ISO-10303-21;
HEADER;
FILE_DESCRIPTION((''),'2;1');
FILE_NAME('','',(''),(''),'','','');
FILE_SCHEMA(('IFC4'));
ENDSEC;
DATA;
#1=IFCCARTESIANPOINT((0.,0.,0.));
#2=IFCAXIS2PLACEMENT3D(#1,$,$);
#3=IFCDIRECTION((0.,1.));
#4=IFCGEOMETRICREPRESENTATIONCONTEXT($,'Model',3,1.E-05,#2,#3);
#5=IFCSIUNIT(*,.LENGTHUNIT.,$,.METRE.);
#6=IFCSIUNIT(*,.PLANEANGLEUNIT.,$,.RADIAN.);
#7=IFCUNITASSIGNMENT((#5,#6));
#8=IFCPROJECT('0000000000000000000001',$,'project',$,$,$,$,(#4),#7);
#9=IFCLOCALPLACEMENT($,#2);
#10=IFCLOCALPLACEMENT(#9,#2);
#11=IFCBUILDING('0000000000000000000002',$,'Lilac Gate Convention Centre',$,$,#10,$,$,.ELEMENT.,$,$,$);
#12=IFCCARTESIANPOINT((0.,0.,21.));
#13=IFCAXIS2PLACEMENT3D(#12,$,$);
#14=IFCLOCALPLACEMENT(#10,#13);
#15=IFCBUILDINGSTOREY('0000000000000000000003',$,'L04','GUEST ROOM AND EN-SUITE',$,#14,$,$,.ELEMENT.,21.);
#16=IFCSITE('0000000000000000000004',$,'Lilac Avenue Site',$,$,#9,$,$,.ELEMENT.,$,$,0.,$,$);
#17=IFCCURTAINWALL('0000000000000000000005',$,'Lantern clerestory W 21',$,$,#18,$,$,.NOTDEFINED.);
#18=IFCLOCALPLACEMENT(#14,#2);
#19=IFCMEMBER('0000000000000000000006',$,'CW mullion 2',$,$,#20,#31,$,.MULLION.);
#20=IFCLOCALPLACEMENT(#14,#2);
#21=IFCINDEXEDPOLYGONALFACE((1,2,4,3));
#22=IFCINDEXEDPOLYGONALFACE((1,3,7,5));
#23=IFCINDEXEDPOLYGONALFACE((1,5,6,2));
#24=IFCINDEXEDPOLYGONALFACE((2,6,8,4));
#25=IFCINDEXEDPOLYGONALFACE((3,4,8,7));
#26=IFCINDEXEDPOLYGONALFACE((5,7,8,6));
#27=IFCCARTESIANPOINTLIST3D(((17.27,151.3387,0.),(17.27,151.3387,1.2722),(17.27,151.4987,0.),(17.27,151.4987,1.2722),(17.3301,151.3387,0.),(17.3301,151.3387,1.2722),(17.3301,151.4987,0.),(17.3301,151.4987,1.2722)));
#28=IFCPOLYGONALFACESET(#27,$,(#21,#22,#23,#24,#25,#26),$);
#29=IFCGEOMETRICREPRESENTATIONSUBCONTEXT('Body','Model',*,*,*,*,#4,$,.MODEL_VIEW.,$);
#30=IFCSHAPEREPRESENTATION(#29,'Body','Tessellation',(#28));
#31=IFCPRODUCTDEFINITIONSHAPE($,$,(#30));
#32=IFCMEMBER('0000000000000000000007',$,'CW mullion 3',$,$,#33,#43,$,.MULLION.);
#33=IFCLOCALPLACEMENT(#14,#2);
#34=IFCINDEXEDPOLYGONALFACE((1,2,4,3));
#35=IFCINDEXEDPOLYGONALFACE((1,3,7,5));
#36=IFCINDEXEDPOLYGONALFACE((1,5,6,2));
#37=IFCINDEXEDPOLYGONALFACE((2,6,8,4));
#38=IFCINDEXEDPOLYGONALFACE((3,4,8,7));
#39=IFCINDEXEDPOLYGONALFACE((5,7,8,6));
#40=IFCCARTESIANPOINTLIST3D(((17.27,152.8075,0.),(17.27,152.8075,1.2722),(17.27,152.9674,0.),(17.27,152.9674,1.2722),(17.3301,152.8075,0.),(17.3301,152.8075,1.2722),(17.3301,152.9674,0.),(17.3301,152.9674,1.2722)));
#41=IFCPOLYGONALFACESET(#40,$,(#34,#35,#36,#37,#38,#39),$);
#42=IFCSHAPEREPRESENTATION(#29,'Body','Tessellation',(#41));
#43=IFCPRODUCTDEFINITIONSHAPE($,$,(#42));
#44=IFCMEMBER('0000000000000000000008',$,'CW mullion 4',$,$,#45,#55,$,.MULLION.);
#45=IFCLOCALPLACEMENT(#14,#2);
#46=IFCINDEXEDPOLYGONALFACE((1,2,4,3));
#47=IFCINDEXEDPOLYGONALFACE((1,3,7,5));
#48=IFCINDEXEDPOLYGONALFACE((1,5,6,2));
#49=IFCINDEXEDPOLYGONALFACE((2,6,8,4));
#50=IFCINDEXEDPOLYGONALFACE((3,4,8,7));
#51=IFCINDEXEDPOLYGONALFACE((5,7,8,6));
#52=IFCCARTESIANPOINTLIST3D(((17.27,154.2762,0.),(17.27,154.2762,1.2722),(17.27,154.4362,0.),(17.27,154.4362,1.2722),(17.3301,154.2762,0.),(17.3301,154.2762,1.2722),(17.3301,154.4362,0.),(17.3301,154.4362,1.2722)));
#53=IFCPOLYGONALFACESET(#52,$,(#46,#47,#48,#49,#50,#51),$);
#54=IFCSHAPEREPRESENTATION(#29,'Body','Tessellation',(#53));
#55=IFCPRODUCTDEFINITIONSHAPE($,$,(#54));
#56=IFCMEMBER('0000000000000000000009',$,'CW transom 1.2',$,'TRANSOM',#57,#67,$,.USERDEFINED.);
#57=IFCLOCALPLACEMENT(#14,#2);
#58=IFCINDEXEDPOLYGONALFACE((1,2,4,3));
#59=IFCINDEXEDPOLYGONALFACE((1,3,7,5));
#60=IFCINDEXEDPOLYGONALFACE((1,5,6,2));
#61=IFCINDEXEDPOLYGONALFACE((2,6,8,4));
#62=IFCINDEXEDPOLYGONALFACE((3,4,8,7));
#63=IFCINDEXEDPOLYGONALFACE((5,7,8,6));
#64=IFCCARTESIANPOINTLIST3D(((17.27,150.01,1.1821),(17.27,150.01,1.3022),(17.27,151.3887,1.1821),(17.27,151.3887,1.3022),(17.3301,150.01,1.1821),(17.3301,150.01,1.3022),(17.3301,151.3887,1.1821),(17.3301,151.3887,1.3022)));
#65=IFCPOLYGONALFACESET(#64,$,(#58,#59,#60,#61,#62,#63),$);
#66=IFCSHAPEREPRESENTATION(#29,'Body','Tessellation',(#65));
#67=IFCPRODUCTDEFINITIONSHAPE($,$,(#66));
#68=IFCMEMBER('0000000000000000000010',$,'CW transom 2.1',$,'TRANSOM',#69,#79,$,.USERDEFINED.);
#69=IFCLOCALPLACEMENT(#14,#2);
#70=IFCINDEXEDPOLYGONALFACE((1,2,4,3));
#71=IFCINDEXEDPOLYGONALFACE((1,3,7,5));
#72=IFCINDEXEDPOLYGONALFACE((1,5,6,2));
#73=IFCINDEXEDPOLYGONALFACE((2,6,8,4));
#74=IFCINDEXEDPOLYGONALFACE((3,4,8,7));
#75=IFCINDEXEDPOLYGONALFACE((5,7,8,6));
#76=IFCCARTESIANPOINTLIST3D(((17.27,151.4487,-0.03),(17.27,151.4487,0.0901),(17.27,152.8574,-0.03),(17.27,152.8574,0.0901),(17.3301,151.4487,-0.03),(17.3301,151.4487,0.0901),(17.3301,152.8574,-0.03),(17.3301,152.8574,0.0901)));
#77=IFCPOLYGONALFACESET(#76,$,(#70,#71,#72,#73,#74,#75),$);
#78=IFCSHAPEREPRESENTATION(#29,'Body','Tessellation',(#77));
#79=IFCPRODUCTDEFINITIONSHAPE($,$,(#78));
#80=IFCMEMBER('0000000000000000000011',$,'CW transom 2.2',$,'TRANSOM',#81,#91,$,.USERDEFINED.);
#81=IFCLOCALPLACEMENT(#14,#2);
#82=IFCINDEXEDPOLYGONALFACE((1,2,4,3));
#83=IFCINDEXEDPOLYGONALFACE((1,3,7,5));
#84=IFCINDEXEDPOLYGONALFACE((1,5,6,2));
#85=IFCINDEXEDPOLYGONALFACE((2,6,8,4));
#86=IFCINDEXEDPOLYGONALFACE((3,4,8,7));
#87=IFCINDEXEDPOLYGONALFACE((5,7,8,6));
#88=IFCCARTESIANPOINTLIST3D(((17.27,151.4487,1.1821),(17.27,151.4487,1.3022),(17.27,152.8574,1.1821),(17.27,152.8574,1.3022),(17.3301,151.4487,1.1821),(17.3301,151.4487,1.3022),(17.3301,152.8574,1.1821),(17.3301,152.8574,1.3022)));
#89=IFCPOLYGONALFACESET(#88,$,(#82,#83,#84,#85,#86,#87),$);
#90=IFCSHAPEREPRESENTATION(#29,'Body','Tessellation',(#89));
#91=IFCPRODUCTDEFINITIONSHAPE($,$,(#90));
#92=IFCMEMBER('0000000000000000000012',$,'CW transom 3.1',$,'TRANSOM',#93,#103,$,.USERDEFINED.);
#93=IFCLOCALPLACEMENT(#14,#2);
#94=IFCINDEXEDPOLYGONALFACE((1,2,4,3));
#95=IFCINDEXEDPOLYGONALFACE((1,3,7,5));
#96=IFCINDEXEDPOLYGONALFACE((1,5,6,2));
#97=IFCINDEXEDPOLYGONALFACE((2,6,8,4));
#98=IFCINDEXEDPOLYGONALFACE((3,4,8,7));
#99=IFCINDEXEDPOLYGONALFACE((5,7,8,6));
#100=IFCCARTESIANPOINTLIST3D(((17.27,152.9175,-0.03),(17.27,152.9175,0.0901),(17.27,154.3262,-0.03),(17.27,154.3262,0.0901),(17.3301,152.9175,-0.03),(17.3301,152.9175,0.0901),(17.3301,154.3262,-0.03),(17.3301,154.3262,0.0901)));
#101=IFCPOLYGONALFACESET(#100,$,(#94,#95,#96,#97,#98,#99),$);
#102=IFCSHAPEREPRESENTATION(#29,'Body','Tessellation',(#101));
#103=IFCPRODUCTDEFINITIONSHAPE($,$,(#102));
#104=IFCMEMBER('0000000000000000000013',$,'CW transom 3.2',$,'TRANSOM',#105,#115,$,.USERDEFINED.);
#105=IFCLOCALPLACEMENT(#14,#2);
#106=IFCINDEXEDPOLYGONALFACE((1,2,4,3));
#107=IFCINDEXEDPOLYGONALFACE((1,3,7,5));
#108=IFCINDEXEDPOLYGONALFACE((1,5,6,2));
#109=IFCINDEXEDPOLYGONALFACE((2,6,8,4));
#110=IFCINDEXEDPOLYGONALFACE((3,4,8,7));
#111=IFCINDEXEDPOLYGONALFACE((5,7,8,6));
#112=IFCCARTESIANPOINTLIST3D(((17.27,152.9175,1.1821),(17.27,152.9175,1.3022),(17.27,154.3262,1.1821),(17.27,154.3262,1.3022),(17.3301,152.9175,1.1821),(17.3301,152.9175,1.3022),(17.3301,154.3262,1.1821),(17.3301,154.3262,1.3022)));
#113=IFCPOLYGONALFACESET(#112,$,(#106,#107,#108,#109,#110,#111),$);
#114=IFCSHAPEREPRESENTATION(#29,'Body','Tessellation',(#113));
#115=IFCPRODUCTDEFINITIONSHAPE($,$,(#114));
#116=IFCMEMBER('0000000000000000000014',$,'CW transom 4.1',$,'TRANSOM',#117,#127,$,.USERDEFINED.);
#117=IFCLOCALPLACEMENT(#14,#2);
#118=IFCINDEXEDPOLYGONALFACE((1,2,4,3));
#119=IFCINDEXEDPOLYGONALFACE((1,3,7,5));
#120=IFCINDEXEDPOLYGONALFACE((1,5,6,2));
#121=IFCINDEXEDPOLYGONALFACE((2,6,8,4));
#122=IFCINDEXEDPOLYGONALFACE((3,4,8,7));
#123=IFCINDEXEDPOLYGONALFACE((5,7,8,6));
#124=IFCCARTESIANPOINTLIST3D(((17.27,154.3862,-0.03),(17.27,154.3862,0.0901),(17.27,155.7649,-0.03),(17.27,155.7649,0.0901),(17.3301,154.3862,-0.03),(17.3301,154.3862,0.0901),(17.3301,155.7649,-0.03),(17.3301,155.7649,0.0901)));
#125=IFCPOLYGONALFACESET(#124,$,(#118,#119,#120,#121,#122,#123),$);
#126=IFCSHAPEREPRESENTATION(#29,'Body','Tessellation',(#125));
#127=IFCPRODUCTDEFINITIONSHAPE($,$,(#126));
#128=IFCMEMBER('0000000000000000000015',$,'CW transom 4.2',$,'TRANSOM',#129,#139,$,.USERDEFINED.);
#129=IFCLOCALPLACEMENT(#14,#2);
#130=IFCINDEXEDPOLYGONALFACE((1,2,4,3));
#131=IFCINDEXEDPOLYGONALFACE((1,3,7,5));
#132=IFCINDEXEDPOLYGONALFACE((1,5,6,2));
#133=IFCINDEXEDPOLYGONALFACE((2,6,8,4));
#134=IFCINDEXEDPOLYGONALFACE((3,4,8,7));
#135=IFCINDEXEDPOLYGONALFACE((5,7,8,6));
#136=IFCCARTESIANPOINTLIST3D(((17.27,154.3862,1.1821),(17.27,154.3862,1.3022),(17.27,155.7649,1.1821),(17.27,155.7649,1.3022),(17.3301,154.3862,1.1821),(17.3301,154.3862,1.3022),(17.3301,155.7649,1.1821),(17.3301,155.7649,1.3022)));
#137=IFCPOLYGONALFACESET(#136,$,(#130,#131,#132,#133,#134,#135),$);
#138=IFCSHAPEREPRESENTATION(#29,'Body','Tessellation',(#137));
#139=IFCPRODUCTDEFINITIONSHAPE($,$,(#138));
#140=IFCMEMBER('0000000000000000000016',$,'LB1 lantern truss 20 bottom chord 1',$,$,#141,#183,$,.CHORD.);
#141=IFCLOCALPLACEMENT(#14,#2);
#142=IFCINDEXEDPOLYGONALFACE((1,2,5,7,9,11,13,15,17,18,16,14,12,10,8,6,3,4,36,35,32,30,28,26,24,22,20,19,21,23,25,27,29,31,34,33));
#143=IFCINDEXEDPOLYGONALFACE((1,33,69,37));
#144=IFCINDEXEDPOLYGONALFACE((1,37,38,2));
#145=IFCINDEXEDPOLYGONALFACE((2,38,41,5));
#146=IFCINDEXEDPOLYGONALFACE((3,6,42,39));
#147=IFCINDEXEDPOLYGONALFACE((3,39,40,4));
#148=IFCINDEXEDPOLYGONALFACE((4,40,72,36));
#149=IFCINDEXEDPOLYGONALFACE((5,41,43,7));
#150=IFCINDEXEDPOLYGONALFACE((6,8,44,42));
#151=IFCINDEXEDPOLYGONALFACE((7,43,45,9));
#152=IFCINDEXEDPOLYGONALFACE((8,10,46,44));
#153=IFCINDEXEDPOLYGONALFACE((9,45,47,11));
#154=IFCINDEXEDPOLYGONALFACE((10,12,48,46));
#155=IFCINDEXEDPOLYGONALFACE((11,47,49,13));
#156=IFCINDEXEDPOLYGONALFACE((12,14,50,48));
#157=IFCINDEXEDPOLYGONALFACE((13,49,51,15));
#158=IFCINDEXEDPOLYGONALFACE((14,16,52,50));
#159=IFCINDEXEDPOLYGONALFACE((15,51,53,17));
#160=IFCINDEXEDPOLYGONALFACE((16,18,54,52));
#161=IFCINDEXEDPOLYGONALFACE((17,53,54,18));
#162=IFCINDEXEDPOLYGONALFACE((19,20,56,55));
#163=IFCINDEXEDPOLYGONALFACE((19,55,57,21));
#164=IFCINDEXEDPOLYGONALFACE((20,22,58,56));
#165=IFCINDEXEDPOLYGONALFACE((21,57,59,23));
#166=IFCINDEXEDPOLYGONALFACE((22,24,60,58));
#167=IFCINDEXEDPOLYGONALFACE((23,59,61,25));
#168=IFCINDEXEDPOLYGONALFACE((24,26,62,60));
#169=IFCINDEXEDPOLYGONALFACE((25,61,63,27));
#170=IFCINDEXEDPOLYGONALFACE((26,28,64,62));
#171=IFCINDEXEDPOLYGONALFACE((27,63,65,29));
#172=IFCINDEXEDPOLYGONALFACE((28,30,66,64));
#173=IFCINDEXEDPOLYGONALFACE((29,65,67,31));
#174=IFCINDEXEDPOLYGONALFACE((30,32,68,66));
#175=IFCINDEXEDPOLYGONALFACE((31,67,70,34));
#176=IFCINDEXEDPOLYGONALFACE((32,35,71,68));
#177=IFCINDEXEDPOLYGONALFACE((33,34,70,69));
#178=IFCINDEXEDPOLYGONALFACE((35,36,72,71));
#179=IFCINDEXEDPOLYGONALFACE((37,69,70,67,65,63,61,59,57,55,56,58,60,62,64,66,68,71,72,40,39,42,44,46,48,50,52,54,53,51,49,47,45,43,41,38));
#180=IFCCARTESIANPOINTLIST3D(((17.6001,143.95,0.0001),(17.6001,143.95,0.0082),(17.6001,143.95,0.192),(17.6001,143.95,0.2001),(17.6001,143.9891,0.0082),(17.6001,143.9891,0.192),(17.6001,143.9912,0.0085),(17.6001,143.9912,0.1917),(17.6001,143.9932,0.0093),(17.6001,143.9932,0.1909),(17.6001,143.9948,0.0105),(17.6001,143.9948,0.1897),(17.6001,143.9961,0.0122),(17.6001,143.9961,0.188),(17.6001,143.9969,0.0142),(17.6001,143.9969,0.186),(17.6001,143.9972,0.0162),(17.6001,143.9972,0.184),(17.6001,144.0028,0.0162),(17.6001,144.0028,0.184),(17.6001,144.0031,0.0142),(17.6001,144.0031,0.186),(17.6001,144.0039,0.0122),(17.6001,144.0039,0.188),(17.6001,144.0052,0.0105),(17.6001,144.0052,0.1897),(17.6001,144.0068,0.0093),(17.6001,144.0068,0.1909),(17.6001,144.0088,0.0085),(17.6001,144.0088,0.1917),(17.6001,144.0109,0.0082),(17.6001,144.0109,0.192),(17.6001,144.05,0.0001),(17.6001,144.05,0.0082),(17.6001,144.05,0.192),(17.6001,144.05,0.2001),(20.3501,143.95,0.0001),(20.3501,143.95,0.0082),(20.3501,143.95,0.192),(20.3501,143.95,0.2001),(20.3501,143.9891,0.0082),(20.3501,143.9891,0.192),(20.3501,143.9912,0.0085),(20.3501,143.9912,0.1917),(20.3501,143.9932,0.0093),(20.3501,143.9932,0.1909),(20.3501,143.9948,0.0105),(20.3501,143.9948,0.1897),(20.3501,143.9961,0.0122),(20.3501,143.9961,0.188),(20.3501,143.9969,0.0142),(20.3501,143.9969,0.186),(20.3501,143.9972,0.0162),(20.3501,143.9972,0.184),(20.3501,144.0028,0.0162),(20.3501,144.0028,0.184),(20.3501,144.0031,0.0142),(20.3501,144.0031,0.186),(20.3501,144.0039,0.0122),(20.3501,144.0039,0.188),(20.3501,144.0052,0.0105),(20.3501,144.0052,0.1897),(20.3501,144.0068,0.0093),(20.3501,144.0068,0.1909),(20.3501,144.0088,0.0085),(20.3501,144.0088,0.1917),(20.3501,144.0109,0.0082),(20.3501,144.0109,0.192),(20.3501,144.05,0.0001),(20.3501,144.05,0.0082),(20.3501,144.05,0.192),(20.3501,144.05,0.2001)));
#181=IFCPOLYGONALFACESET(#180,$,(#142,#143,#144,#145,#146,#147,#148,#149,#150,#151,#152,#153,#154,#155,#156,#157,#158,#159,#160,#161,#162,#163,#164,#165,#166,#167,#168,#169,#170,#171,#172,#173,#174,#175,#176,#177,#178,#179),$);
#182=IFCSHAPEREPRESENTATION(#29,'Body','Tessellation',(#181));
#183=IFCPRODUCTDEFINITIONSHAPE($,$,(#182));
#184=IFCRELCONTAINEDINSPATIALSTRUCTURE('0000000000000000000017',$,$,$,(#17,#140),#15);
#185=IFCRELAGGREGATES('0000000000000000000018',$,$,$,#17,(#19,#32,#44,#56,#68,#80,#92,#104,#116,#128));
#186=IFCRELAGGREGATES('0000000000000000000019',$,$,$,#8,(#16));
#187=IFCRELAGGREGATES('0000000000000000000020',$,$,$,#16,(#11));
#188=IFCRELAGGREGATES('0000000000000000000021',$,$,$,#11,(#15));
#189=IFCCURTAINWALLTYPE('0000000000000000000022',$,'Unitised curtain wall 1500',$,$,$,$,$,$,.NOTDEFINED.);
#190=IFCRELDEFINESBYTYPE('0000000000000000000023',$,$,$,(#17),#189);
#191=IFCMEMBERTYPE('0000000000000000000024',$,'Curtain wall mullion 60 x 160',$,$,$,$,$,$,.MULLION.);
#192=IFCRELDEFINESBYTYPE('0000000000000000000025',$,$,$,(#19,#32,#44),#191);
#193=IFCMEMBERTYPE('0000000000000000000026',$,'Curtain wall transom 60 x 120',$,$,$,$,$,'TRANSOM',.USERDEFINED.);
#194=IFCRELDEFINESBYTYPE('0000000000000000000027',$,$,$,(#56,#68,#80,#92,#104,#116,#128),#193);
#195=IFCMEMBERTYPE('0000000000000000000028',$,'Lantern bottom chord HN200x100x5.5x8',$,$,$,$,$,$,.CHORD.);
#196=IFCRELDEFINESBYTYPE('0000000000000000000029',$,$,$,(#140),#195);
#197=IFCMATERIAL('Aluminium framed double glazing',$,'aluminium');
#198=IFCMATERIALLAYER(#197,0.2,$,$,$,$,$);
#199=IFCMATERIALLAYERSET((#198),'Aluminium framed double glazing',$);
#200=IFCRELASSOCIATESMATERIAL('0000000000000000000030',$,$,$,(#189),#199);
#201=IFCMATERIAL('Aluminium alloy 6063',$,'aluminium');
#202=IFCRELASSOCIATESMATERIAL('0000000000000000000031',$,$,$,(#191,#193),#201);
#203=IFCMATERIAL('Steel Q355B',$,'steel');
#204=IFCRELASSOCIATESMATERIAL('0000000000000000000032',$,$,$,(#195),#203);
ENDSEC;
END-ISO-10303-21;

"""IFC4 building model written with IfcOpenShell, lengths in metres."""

from ifc_helpers import new_model, si_unit, direction, frame, origin, origin_2d, place, context, subcontext, project, spatial, rectangle, i_section, extrude, material, layer, layer_set, material_profile, profile_set, type_object, element, aggregate, save


model = new_model("IFC4")

# Units and contexts
model_context = context("Model", 3, precision=1e-05, world=origin(), true_north=direction((0.0, 1.0)))
body_context = subcontext(model_context, "Body", "Model", "MODEL_VIEW")
ifc_project = project(units=[si_unit("LENGTHUNIT", "METRE"), si_unit("PLANEANGLEUNIT", "RADIAN")], contexts=[model_context])

# Site, building, storey
site_placement = place(None, origin())
site = spatial("IfcSite", under=ifc_project, at=site_placement, Name="Lilac Avenue Site", CompositionType="ELEMENT", RefElevation=0.0)
building_placement = place(site_placement, origin())
building = spatial("IfcBuilding", under=site, at=building_placement, Name="Lilac Gate Convention Centre", CompositionType="ELEMENT")
storey_placement = place(building_placement, frame((0.0, 0.0, 21.0)))
storey = spatial("IfcBuildingStorey", under=building, at=storey_placement, Name="L04", Description="GUEST ROOM AND EN-SUITE", CompositionType="ELEMENT", Elevation=21.0)

# Curtain wall, members
ifc_material_1 = material(Name="Aluminium framed double glazing", Category="aluminium")
ifc_layer_1 = layer(ifc_material_1, 0.2)
ifc_layer_set_1 = layer_set([ifc_layer_1], Name="Aluminium framed double glazing")
curtain_wall_type = type_object("IfcCurtainWallType", Name="Unitised curtain wall 1500", PredefinedType="NOTDEFINED", material=ifc_layer_set_1)
curtain_wall_placement = place(storey_placement, origin())
curtain_wall = element("IfcCurtainWall", 1, at=curtain_wall_placement, inside=storey, type_object=curtain_wall_type, Name="Lantern clerestory W 21", PredefinedType="NOTDEFINED")
ifc_material_2 = material(Name="Aluminium alloy 6063", Category="aluminium")
ifc_material_profile_1 = material_profile(ifc_material_2, rectangle(XDim=0.0601, YDim=0.1599, at=origin_2d()), Name="Curtain wall mullion 60 x 160")
ifc_profile_set_1 = profile_set([ifc_material_profile_1], Name="Aluminium alloy 6063")
member_type_1 = type_object("IfcMemberType", Name="Curtain wall mullion 60 x 160", PredefinedType="MULLION", material=ifc_profile_set_1)
member_1_placement = place(storey_placement, frame((17.3, 151.4187, 0.0), z_axis=(0.0, 0.0, 1.0), x_axis=(-1.0, 0.0, 0.0)))
member_1 = element("IfcMember", 2, at=member_1_placement, type_object=member_type_1, Name="CW mullion 2", PredefinedType="MULLION", context=body_context, shape_type="SweptSolid", body=[
    extrude(rectangle(XDim=0.0601, YDim=0.1599, at=origin_2d()), origin(), (0.0, 0.0, 1.0), 1.2722),
])
member_2_placement = place(storey_placement, frame((17.3, 152.8875, 0.0), z_axis=(0.0, 0.0, 1.0), x_axis=(-1.0, 0.0, 0.0)))
member_2 = element("IfcMember", 3, at=member_2_placement, type_object=member_type_1, Name="CW mullion 3", PredefinedType="MULLION", context=body_context, shape_type="SweptSolid", body=[
    extrude(rectangle(XDim=0.0601, YDim=0.1599, at=origin_2d()), origin(), (0.0, 0.0, 1.0), 1.2722),
])
member_3_placement = place(storey_placement, frame((17.3, 154.3562, 0.0), z_axis=(0.0, 0.0, 1.0), x_axis=(-1.0, 0.0, 0.0)))
member_3 = element("IfcMember", 4, at=member_3_placement, type_object=member_type_1, Name="CW mullion 4", PredefinedType="MULLION", context=body_context, shape_type="SweptSolid", body=[
    extrude(rectangle(XDim=0.0601, YDim=0.1599, at=origin_2d()), origin(), (0.0, 0.0, 1.0), 1.2722),
])
ifc_material_profile_2 = material_profile(ifc_material_2, rectangle(XDim=0.0601, YDim=0.1201, at=origin_2d()), Name="Curtain wall transom 60 x 120")
ifc_profile_set_2 = profile_set([ifc_material_profile_2], Name="Aluminium alloy 6063")
member_type_2 = type_object("IfcMemberType", Name="Curtain wall transom 60 x 120", ElementType="TRANSOM", PredefinedType="USERDEFINED", material=ifc_profile_set_2)
member_4_placement = place(storey_placement, frame((17.3, 150.01, 1.2422), z_axis=(0.0, 1.0, 0.0), x_axis=(-1.0, 0.0, 0.0)))
member_4 = element("IfcMember", 5, at=member_4_placement, type_object=member_type_2, Name="CW transom 1.2", ObjectType="TRANSOM", PredefinedType="USERDEFINED", context=body_context, shape_type="SweptSolid", body=[
    extrude(rectangle(XDim=0.0601, YDim=0.1201, at=origin_2d()), origin(), (0.0, 0.0, 1.0), 1.3787),
])
member_5_placement = place(storey_placement, frame((17.3, 151.4487, 0.03), z_axis=(0.0, 1.0, 0.0), x_axis=(-1.0, 0.0, 0.0)))
member_5 = element("IfcMember", 6, at=member_5_placement, type_object=member_type_2, Name="CW transom 2.1", ObjectType="TRANSOM", PredefinedType="USERDEFINED", context=body_context, shape_type="SweptSolid", body=[
    extrude(rectangle(XDim=0.0601, YDim=0.1201, at=origin_2d()), origin(), (0.0, 0.0, 1.0), 1.4087),
])
member_6_placement = place(storey_placement, frame((17.3, 151.4487, 1.2422), z_axis=(0.0, 1.0, 0.0), x_axis=(-1.0, 0.0, 0.0)))
member_6 = element("IfcMember", 7, at=member_6_placement, type_object=member_type_2, Name="CW transom 2.2", ObjectType="TRANSOM", PredefinedType="USERDEFINED", context=body_context, shape_type="SweptSolid", body=[
    extrude(rectangle(XDim=0.0601, YDim=0.1201, at=origin_2d()), origin(), (0.0, 0.0, 1.0), 1.4087),
])
member_7_placement = place(storey_placement, frame((17.3, 152.9175, 0.03), z_axis=(0.0, 1.0, 0.0), x_axis=(-1.0, 0.0, 0.0)))
member_7 = element("IfcMember", 8, at=member_7_placement, type_object=member_type_2, Name="CW transom 3.1", ObjectType="TRANSOM", PredefinedType="USERDEFINED", context=body_context, shape_type="SweptSolid", body=[
    extrude(rectangle(XDim=0.0601, YDim=0.1201, at=origin_2d()), origin(), (0.0, 0.0, 1.0), 1.4087),
])
member_8_placement = place(storey_placement, frame((17.3, 152.9175, 1.2422), z_axis=(0.0, 1.0, 0.0), x_axis=(-1.0, 0.0, 0.0)))
member_8 = element("IfcMember", 9, at=member_8_placement, type_object=member_type_2, Name="CW transom 3.2", ObjectType="TRANSOM", PredefinedType="USERDEFINED", context=body_context, shape_type="SweptSolid", body=[
    extrude(rectangle(XDim=0.0601, YDim=0.1201, at=origin_2d()), origin(), (0.0, 0.0, 1.0), 1.4087),
])
member_9_placement = place(storey_placement, frame((17.3, 154.3862, 0.03), z_axis=(0.0, 1.0, 0.0), x_axis=(-1.0, 0.0, 0.0)))
member_9 = element("IfcMember", 10, at=member_9_placement, type_object=member_type_2, Name="CW transom 4.1", ObjectType="TRANSOM", PredefinedType="USERDEFINED", context=body_context, shape_type="SweptSolid", body=[
    extrude(rectangle(XDim=0.0601, YDim=0.1201, at=origin_2d()), origin(), (0.0, 0.0, 1.0), 1.3787),
])
member_10_placement = place(storey_placement, frame((17.3, 154.3862, 1.2422), z_axis=(0.0, 1.0, 0.0), x_axis=(-1.0, 0.0, 0.0)))
member_10 = element("IfcMember", 11, at=member_10_placement, type_object=member_type_2, Name="CW transom 4.2", ObjectType="TRANSOM", PredefinedType="USERDEFINED", context=body_context, shape_type="SweptSolid", body=[
    extrude(rectangle(XDim=0.0601, YDim=0.1201, at=origin_2d()), origin(), (0.0, 0.0, 1.0), 1.3787),
])

# Member
ifc_material_3 = material(Name="Steel Q355B", Category="steel")
ifc_material_profile_3 = material_profile(ifc_material_3, i_section(OverallWidth=0.1001, OverallDepth=0.2, WebThickness=0.0056, FlangeThickness=0.0081, FilletRadius=0.0081, at=origin_2d()), Name="HN200x100x5.5x8")
ifc_profile_set_3 = profile_set([ifc_material_profile_3], Name="Steel Q355B")
member_type_3 = type_object("IfcMemberType", Name="Lantern bottom chord HN200x100x5.5x8", PredefinedType="CHORD", material=ifc_profile_set_3)
for number, where, z_axis, x_axis, name in (
    (12, (17.6001, 144.0, 0.1001), (1.0, 0.0, 0.0), (0.0, 1.0, 0.0), "LB1 lantern truss 20 bottom chord 1"),
):
    element("IfcMember", number, at=place(storey_placement, frame(where, z_axis=z_axis, x_axis=x_axis)), inside=storey, type_object=member_type_3, Name=name, PredefinedType="CHORD", context=body_context, shape_type="SweptSolid", body=[
        extrude(i_section(OverallWidth=0.1001, OverallDepth=0.2, WebThickness=0.0056, FlangeThickness=0.0081, FilletRadius=0.0081, at=origin_2d()), origin(), (0.0, 0.0, 1.0), 2.75),
    ])

aggregate(curtain_wall, [member_1, member_2, member_3, member_4, member_5, member_6, member_7, member_8, member_9, member_10])

save(model, "model.ifc")
